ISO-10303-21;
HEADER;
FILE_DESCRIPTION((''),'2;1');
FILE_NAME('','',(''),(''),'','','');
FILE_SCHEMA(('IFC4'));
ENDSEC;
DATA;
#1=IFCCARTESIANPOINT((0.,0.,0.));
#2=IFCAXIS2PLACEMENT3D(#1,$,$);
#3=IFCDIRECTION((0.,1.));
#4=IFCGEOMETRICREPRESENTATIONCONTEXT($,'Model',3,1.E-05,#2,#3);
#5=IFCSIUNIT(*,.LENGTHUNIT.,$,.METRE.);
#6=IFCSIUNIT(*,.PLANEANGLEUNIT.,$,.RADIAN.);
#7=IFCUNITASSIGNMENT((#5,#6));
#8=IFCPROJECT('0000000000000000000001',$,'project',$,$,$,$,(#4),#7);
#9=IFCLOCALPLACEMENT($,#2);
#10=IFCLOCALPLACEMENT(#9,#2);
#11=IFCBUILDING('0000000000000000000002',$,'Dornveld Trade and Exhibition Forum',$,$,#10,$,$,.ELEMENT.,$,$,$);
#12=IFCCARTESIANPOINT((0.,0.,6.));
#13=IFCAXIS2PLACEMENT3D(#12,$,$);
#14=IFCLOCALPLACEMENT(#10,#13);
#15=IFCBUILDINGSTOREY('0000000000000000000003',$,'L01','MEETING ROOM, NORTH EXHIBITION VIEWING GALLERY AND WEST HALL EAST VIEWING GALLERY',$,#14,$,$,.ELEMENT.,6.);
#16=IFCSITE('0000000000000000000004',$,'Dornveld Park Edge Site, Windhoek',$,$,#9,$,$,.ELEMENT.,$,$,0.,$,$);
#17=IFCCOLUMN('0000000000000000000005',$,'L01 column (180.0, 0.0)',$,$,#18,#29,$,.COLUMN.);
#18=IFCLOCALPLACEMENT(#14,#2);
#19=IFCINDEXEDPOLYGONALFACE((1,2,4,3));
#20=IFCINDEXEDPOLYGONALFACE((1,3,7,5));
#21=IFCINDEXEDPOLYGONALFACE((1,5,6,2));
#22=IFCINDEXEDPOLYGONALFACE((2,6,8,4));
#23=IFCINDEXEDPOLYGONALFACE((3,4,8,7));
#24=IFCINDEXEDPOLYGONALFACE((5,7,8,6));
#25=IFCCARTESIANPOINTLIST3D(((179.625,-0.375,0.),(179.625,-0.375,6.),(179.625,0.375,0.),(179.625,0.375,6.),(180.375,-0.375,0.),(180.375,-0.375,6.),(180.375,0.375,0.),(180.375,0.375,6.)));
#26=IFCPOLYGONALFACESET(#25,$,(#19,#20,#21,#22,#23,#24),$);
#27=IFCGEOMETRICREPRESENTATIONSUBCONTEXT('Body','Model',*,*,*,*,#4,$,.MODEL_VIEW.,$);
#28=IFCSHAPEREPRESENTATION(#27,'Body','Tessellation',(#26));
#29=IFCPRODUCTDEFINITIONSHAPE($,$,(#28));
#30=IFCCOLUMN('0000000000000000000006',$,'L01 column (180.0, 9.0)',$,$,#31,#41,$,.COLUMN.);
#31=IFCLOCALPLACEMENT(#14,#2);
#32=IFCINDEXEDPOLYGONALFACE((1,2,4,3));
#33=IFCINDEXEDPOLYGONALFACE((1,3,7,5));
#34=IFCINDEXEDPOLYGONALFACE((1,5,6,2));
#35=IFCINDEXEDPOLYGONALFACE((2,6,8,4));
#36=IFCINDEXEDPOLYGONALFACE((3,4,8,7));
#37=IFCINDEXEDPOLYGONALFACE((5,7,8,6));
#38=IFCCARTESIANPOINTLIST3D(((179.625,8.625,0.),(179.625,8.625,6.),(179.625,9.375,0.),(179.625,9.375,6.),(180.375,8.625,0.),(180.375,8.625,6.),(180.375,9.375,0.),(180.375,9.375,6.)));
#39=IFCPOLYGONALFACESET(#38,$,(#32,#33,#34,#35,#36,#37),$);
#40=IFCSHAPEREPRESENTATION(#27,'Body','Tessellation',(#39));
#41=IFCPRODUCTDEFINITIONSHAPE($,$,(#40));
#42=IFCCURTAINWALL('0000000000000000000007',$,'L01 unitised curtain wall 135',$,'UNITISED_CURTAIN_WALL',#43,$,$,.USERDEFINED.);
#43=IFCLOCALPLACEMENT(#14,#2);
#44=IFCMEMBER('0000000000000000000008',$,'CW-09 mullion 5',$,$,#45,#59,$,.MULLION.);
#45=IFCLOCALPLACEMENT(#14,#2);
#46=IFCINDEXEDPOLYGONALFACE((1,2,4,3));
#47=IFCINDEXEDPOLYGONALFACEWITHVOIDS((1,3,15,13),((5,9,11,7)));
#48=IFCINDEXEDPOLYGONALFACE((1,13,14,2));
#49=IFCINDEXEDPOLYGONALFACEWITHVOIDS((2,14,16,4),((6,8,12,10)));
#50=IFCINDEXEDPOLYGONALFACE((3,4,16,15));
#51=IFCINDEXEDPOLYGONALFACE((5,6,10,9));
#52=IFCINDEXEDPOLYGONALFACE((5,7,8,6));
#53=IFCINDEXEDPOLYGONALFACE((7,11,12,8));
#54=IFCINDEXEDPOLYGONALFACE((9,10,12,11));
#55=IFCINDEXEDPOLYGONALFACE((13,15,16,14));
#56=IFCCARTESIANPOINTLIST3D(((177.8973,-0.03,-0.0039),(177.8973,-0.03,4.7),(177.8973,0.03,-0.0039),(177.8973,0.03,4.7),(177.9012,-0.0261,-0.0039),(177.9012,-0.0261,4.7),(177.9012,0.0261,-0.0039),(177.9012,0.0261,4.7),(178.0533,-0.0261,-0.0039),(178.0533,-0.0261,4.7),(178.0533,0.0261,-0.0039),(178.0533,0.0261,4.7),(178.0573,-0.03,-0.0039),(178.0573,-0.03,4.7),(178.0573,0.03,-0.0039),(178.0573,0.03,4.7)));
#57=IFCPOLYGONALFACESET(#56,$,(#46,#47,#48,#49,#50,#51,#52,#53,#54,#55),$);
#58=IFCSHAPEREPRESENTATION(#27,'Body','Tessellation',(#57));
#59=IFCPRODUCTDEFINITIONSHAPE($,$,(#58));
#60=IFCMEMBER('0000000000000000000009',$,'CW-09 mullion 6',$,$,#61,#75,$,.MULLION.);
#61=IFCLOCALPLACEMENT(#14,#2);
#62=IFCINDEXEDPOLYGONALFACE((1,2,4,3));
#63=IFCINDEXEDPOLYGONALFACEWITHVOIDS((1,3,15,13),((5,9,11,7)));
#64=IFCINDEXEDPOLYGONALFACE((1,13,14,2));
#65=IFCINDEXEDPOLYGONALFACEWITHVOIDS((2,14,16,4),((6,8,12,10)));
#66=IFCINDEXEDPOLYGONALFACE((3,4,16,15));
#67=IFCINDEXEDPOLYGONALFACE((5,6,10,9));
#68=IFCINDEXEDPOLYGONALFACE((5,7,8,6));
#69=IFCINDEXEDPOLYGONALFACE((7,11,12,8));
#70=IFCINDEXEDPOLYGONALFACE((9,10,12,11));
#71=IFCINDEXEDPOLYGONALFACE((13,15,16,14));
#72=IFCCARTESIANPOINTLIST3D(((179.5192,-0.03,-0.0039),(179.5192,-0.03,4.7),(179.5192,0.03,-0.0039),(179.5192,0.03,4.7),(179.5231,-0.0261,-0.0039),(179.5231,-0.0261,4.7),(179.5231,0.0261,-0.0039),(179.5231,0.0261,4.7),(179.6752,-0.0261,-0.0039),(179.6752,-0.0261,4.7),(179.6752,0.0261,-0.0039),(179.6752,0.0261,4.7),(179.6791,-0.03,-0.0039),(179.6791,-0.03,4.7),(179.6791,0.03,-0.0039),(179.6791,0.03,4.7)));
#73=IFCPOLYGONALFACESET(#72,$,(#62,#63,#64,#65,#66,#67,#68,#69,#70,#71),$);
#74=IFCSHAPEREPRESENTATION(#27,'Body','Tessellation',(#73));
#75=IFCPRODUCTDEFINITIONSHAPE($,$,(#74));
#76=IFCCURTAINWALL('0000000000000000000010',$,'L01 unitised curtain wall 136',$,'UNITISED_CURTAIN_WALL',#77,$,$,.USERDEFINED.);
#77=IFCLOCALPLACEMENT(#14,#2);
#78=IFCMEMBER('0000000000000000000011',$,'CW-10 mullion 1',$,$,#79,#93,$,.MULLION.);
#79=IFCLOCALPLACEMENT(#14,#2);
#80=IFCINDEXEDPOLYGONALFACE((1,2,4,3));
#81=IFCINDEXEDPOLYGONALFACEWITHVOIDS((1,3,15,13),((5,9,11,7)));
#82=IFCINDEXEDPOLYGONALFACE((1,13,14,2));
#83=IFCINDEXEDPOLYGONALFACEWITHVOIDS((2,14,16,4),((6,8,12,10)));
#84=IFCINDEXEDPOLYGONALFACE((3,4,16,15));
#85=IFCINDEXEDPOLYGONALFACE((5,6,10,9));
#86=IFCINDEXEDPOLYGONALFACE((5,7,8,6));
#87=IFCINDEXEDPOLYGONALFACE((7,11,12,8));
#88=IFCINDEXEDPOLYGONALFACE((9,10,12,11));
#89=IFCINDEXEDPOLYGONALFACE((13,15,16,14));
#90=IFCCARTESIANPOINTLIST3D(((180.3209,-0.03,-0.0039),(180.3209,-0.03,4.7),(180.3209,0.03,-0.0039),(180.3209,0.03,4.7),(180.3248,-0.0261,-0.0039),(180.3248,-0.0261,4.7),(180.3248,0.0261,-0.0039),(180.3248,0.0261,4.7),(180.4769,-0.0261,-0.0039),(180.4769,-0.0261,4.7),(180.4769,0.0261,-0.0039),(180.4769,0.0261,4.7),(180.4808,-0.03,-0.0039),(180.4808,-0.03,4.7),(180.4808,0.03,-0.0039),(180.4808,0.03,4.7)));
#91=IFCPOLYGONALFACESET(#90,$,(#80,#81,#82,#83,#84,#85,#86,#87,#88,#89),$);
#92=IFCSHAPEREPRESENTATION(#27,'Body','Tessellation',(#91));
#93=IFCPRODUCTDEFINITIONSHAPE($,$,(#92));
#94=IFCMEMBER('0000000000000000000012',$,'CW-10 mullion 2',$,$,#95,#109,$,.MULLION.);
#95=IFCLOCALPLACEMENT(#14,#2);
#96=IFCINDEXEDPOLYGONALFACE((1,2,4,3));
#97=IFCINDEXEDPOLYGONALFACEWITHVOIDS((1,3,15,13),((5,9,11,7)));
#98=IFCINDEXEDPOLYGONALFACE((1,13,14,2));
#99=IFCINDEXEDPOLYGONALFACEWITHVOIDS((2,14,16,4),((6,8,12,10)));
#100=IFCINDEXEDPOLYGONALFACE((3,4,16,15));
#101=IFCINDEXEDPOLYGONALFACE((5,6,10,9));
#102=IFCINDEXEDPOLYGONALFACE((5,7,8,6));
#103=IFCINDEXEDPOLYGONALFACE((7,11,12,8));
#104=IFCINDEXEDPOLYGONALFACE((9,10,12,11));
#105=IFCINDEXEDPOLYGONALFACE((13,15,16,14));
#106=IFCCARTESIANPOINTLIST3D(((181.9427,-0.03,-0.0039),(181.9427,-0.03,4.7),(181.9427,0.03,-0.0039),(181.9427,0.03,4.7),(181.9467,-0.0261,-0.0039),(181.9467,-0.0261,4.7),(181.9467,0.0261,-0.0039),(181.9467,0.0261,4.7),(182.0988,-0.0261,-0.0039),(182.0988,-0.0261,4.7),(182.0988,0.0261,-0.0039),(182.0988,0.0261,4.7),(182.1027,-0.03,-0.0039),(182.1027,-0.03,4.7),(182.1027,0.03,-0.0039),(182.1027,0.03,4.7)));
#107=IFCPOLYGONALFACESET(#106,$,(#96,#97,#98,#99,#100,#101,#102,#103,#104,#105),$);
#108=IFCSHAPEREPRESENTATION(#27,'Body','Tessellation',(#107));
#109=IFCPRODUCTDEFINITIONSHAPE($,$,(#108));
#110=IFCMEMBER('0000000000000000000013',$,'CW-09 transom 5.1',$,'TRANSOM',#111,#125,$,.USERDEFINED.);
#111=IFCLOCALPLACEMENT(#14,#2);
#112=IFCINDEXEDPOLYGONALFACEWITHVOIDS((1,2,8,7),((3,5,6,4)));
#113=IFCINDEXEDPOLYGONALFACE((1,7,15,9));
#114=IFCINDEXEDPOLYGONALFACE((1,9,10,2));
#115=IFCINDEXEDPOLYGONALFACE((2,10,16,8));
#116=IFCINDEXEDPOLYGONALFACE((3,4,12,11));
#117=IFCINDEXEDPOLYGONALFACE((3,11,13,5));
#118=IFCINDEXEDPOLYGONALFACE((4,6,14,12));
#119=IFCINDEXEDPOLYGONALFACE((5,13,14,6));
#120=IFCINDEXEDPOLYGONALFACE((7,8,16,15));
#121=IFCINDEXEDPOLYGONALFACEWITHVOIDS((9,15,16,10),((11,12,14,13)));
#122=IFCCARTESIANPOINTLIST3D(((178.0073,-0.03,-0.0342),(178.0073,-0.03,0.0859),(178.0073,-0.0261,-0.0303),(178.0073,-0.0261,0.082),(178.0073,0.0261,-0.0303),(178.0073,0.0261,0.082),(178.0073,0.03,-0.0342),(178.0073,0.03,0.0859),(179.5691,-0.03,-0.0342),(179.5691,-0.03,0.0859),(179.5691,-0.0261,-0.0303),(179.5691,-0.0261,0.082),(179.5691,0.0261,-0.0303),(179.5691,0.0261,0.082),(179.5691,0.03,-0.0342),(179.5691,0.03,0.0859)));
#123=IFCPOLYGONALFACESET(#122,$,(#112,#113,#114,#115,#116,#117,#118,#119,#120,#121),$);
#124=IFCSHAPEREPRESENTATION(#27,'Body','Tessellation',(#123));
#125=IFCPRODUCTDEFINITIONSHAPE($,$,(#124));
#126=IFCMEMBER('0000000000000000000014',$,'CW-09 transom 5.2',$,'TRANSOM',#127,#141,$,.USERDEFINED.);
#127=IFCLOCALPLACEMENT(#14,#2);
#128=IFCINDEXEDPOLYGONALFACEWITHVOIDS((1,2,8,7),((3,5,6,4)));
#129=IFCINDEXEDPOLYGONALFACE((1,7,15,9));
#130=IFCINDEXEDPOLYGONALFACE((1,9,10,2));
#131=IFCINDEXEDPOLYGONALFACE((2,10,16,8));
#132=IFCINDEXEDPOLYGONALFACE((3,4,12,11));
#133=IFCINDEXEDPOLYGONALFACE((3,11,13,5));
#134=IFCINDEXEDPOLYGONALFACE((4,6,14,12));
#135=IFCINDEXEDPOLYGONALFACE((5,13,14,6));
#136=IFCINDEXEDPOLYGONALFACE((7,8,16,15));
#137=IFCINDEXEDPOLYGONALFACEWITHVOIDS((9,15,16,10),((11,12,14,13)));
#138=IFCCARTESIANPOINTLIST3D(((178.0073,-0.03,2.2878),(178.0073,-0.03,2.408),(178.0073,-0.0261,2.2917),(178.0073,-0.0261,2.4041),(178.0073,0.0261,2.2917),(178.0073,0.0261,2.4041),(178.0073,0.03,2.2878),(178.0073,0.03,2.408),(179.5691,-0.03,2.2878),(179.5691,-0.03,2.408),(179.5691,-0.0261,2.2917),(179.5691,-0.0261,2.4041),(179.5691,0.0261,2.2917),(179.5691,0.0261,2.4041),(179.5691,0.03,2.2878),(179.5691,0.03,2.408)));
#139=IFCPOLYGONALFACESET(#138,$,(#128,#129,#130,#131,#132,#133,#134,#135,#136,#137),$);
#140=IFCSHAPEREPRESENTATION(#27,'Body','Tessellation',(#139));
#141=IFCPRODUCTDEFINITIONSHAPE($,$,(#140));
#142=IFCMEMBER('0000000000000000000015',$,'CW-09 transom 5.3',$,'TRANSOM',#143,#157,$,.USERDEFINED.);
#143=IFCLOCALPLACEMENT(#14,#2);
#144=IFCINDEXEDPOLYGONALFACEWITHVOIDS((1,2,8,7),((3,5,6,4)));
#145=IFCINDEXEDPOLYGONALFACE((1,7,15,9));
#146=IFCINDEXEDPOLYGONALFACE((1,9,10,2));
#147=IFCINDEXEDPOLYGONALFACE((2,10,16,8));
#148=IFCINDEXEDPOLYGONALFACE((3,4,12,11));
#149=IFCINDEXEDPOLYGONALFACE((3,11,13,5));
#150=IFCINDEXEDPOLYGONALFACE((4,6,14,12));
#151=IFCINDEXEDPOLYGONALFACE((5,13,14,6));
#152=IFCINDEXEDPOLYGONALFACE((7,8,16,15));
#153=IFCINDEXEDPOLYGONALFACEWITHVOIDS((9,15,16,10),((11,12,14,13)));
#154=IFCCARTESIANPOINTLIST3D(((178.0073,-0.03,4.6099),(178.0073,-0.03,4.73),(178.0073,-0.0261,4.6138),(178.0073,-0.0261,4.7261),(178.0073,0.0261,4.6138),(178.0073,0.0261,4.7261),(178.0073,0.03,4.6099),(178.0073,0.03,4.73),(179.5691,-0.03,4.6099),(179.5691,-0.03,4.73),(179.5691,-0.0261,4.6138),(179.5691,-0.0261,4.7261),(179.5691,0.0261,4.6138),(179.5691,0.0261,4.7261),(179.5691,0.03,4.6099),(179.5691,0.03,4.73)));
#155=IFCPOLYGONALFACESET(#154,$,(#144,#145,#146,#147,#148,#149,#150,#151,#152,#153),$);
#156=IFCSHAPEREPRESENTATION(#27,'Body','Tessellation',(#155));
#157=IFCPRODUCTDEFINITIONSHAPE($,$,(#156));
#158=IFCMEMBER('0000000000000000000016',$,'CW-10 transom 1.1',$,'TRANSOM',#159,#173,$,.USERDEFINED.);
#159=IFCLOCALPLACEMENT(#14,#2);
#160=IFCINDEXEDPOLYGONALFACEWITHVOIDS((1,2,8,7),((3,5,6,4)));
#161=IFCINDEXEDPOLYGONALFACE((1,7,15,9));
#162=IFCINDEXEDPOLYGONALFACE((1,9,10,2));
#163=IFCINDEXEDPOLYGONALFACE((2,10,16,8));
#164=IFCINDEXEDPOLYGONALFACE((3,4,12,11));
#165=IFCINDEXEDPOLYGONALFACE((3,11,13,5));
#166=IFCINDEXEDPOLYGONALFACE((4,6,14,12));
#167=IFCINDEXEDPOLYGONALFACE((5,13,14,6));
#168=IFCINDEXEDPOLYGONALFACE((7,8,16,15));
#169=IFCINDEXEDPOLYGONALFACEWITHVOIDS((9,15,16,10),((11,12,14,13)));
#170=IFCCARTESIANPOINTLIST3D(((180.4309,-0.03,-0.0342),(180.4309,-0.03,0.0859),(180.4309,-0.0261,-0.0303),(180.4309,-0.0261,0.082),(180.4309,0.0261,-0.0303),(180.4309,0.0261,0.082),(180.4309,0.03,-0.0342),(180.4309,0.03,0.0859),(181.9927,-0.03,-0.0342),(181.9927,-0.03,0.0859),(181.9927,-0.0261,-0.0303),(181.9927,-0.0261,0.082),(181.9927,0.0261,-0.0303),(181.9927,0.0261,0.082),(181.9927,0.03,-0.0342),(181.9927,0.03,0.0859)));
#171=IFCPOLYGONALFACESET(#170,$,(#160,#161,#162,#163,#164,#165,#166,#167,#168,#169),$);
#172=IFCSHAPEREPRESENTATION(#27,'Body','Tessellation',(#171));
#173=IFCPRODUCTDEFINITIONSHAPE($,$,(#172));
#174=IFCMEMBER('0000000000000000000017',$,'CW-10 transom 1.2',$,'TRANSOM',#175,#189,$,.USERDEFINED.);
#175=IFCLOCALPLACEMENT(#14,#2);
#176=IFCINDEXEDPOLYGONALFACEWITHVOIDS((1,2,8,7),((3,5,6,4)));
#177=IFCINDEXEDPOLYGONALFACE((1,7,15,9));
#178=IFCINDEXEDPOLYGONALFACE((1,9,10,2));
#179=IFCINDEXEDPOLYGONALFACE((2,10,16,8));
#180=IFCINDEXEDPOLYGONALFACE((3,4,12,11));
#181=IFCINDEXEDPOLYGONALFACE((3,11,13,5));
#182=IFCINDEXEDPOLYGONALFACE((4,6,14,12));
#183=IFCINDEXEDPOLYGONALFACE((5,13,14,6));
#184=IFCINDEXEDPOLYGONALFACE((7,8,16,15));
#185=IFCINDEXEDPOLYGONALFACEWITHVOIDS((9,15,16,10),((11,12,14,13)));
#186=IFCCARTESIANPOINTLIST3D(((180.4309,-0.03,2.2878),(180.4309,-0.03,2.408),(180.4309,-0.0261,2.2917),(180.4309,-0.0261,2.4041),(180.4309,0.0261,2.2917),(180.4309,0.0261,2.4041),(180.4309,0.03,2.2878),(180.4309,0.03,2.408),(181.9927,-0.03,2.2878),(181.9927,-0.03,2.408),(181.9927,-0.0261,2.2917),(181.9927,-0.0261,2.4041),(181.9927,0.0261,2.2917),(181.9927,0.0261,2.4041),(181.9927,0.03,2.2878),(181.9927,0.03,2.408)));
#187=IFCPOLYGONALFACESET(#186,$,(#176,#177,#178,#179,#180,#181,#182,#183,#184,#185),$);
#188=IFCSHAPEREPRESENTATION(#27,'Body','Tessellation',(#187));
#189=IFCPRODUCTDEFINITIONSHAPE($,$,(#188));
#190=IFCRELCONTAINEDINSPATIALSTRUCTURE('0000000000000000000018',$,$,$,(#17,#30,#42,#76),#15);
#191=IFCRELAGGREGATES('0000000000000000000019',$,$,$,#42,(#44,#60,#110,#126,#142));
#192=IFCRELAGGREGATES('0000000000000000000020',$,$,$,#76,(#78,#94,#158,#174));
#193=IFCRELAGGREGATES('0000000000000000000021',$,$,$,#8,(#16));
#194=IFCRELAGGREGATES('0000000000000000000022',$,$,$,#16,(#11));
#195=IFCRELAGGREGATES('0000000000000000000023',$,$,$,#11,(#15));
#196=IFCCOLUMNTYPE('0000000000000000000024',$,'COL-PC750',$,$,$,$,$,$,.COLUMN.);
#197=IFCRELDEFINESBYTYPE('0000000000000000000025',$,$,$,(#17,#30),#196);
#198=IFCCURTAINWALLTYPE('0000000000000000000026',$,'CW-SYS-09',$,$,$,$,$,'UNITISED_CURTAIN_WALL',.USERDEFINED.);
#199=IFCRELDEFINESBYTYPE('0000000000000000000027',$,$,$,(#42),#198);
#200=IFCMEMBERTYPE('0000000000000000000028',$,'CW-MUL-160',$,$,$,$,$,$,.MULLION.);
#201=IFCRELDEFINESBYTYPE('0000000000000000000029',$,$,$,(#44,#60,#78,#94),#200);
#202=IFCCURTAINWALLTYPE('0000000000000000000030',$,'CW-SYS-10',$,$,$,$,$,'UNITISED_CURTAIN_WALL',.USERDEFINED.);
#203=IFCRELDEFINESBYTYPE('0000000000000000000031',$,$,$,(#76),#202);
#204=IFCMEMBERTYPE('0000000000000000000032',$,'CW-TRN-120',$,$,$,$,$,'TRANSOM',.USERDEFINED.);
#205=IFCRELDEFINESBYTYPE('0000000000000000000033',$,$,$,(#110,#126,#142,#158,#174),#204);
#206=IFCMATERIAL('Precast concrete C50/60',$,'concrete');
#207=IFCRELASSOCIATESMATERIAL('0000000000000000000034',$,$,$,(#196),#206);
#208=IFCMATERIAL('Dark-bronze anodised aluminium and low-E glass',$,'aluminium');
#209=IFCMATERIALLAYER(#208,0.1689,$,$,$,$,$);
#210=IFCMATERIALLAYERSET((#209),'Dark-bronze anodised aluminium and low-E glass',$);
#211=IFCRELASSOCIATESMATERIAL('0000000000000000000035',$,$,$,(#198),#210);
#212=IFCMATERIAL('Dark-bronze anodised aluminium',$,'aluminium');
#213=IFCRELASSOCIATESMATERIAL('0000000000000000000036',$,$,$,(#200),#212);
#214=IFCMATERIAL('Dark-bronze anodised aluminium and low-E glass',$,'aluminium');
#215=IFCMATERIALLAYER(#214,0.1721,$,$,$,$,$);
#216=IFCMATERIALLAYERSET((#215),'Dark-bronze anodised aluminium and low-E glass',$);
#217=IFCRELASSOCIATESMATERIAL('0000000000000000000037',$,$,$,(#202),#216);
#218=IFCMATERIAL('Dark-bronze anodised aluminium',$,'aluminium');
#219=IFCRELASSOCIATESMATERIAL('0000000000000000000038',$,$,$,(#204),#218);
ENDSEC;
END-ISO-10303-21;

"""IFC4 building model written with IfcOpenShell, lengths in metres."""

from ifc_helpers import new_model, si_unit, direction, frame, origin, origin_2d, place, context, subcontext, project, spatial, rectangle, hollow_rectangle, extrude, material, layer, layer_set, material_profile, profile_set, type_object, element, aggregate, save


model = new_model("IFC4")

# Units and contexts
model_context = context("Model", 3, precision=1e-05, world=origin(), true_north=direction((0.0, 1.0)))
body_context = subcontext(model_context, "Body", "Model", "MODEL_VIEW")
ifc_project = project(units=[si_unit("LENGTHUNIT", "METRE"), si_unit("PLANEANGLEUNIT", "RADIAN")], contexts=[model_context])

# Site, building, storey
site_placement = place(None, origin())
site = spatial("IfcSite", under=ifc_project, at=site_placement, Name="Dornveld Park Edge Site, Windhoek", CompositionType="ELEMENT", RefElevation=0.0)
building_placement = place(site_placement, origin())
building = spatial("IfcBuilding", under=site, at=building_placement, Name="Dornveld Trade and Exhibition Forum", CompositionType="ELEMENT")
storey_placement = place(building_placement, frame((0.0, 0.0, 6.0)))
storey = spatial("IfcBuildingStorey", under=building, at=storey_placement, Name="L01", Description="MEETING ROOM, NORTH EXHIBITION VIEWING GALLERY AND WEST HALL EAST VIEWING GALLERY", CompositionType="ELEMENT", Elevation=6.0)

# Columns
ifc_material_1 = material(Name="Precast concrete C50/60", Category="concrete")
ifc_material_profile_1 = material_profile(ifc_material_1, rectangle(XDim=0.75, YDim=0.75, at=origin_2d()), Name="PC-COL 750x750")
ifc_profile_set_1 = profile_set([ifc_material_profile_1], Name="Precast concrete C50/60")
column_type = type_object("IfcColumnType", Name="COL-PC750", PredefinedType="COLUMN", material=ifc_profile_set_1)
for number, where, z_axis, x_axis, name in (
    (1, (180.0, 0.0, 0.0), (0.0, 0.0, 1.0), (1.0, 0.0, 0.0), "L01 column (180.0, 0.0)"),
    (2, (180.0, 9.0, 0.0), (0.0, 0.0, 1.0), (1.0, 0.0, 0.0), "L01 column (180.0, 9.0)"),
):
    element("IfcColumn", number, at=place(storey_placement, frame(where, z_axis=z_axis, x_axis=x_axis)), inside=storey, type_object=column_type, Name=name, PredefinedType="COLUMN", context=body_context, shape_type="SweptSolid", body=[
        extrude(rectangle(XDim=0.75, YDim=0.75, at=origin_2d()), origin(), (0.0, 0.0, 1.0), 6.0),
    ])

# Curtain walls, members
ifc_material_2 = material(Name="Dark-bronze anodised aluminium and low-E glass", Category="aluminium")
ifc_layer_1 = layer(ifc_material_2, 0.1689)
ifc_layer_set_1 = layer_set([ifc_layer_1], Name="Dark-bronze anodised aluminium and low-E glass")
curtain_wall_type_1 = type_object("IfcCurtainWallType", Name="CW-SYS-09", ElementType="UNITISED_CURTAIN_WALL", PredefinedType="USERDEFINED", material=ifc_layer_set_1)
curtain_wall_1_placement = place(storey_placement, origin())
curtain_wall_1 = element("IfcCurtainWall", 3, at=curtain_wall_1_placement, inside=storey, type_object=curtain_wall_type_1, Name="L01 unitised curtain wall 135", ObjectType="UNITISED_CURTAIN_WALL", PredefinedType="USERDEFINED")
ifc_material_3 = material(Name="Dark-bronze anodised aluminium", Category="aluminium")
ifc_material_profile_2 = material_profile(ifc_material_3, hollow_rectangle(XDim=0.0601, YDim=0.1599, WallThickness=0.0039, at=origin_2d()), Name="RHS 160x60x4")
ifc_profile_set_2 = profile_set([ifc_material_profile_2], Name="Dark-bronze anodised aluminium")
member_type_1 = type_object("IfcMemberType", Name="CW-MUL-160", PredefinedType="MULLION", material=ifc_profile_set_2)
member_1_placement = place(storey_placement, frame((177.9773, 0.0, -0.0039), z_axis=(0.0, 0.0, 1.0), x_axis=(0.0, 1.0, 0.0)))
member_1 = element("IfcMember", 4, at=member_1_placement, type_object=member_type_1, Name="CW-09 mullion 5", PredefinedType="MULLION", context=body_context, shape_type="SweptSolid", body=[
    extrude(hollow_rectangle(XDim=0.0601, YDim=0.1599, WallThickness=0.0039, at=origin_2d()), origin(), (0.0, 0.0, 1.0), 4.7039),
])
member_2_placement = place(storey_placement, frame((179.5991, 0.0, -0.0039), z_axis=(0.0, 0.0, 1.0), x_axis=(0.0, 1.0, 0.0)))
member_2 = element("IfcMember", 5, at=member_2_placement, type_object=member_type_1, Name="CW-09 mullion 6", PredefinedType="MULLION", context=body_context, shape_type="SweptSolid", body=[
    extrude(hollow_rectangle(XDim=0.0601, YDim=0.1599, WallThickness=0.0039, at=origin_2d()), origin(), (0.0, 0.0, 1.0), 4.7039),
])
ifc_material_4 = material(Name="Dark-bronze anodised aluminium and low-E glass", Category="aluminium")
ifc_layer_2 = layer(ifc_material_4, 0.1721)
ifc_layer_set_2 = layer_set([ifc_layer_2], Name="Dark-bronze anodised aluminium and low-E glass")
curtain_wall_type_2 = type_object("IfcCurtainWallType", Name="CW-SYS-10", ElementType="UNITISED_CURTAIN_WALL", PredefinedType="USERDEFINED", material=ifc_layer_set_2)
curtain_wall_2_placement = place(storey_placement, origin())
curtain_wall_2 = element("IfcCurtainWall", 6, at=curtain_wall_2_placement, inside=storey, type_object=curtain_wall_type_2, Name="L01 unitised curtain wall 136", ObjectType="UNITISED_CURTAIN_WALL", PredefinedType="USERDEFINED")
member_3_placement = place(storey_placement, frame((180.4009, 0.0, -0.0039), z_axis=(0.0, 0.0, 1.0), x_axis=(0.0, 1.0, 0.0)))
member_3 = element("IfcMember", 7, at=member_3_placement, type_object=member_type_1, Name="CW-10 mullion 1", PredefinedType="MULLION", context=body_context, shape_type="SweptSolid", body=[
    extrude(hollow_rectangle(XDim=0.0601, YDim=0.1599, WallThickness=0.0039, at=origin_2d()), origin(), (0.0, 0.0, 1.0), 4.7039),
])
member_4_placement = place(storey_placement, frame((182.0227, 0.0, -0.0039), z_axis=(0.0, 0.0, 1.0), x_axis=(0.0, 1.0, 0.0)))
member_4 = element("IfcMember", 8, at=member_4_placement, type_object=member_type_1, Name="CW-10 mullion 2", PredefinedType="MULLION", context=body_context, shape_type="SweptSolid", body=[
    extrude(hollow_rectangle(XDim=0.0601, YDim=0.1599, WallThickness=0.0039, at=origin_2d()), origin(), (0.0, 0.0, 1.0), 4.7039),
])

# Members
ifc_material_5 = material(Name="Dark-bronze anodised aluminium", Category="aluminium")
ifc_material_profile_3 = material_profile(ifc_material_5, hollow_rectangle(XDim=0.0601, YDim=0.1201, WallThickness=0.0039, at=origin_2d()), Name="RHS 120x60x4")
ifc_profile_set_3 = profile_set([ifc_material_profile_3], Name="Dark-bronze anodised aluminium")
member_type_2 = type_object("IfcMemberType", Name="CW-TRN-120", ElementType="TRANSOM", PredefinedType="USERDEFINED", material=ifc_profile_set_3)
member_5_placement = place(storey_placement, frame((178.0073, 0.0, 0.0259), z_axis=(1.0, 0.0, 0.0), x_axis=(0.0, 1.0, 0.0)))
member_5 = element("IfcMember", 9, at=member_5_placement, type_object=member_type_2, Name="CW-09 transom 5.1", ObjectType="TRANSOM", PredefinedType="USERDEFINED", context=body_context, shape_type="SweptSolid", body=[
    extrude(hollow_rectangle(XDim=0.0601, YDim=0.1201, WallThickness=0.0039, at=origin_2d()), origin(), (0.0, 0.0, 1.0), 1.5618),
])
member_6_placement = place(storey_placement, frame((178.0073, 0.0, 2.3479), z_axis=(1.0, 0.0, 0.0), x_axis=(0.0, 1.0, 0.0)))
member_6 = element("IfcMember", 10, at=member_6_placement, type_object=member_type_2, Name="CW-09 transom 5.2", ObjectType="TRANSOM", PredefinedType="USERDEFINED", context=body_context, shape_type="SweptSolid", body=[
    extrude(hollow_rectangle(XDim=0.0601, YDim=0.1201, WallThickness=0.0039, at=origin_2d()), origin(), (0.0, 0.0, 1.0), 1.5618),
])
member_7_placement = place(storey_placement, frame((178.0073, 0.0, 4.6699), z_axis=(1.0, 0.0, 0.0), x_axis=(0.0, 1.0, 0.0)))
member_7 = element("IfcMember", 11, at=member_7_placement, type_object=member_type_2, Name="CW-09 transom 5.3", ObjectType="TRANSOM", PredefinedType="USERDEFINED", context=body_context, shape_type="SweptSolid", body=[
    extrude(hollow_rectangle(XDim=0.0601, YDim=0.1201, WallThickness=0.0039, at=origin_2d()), origin(), (0.0, 0.0, 1.0), 1.5618),
])
member_8_placement = place(storey_placement, frame((180.4309, 0.0, 0.0259), z_axis=(1.0, 0.0, 0.0), x_axis=(0.0, 1.0, 0.0)))
member_8 = element("IfcMember", 12, at=member_8_placement, type_object=member_type_2, Name="CW-10 transom 1.1", ObjectType="TRANSOM", PredefinedType="USERDEFINED", context=body_context, shape_type="SweptSolid", body=[
    extrude(hollow_rectangle(XDim=0.0601, YDim=0.1201, WallThickness=0.0039, at=origin_2d()), origin(), (0.0, 0.0, 1.0), 1.5618),
])
member_9_placement = place(storey_placement, frame((180.4309, 0.0, 2.3479), z_axis=(1.0, 0.0, 0.0), x_axis=(0.0, 1.0, 0.0)))
member_9 = element("IfcMember", 13, at=member_9_placement, type_object=member_type_2, Name="CW-10 transom 1.2", ObjectType="TRANSOM", PredefinedType="USERDEFINED", context=body_context, shape_type="SweptSolid", body=[
    extrude(hollow_rectangle(XDim=0.0601, YDim=0.1201, WallThickness=0.0039, at=origin_2d()), origin(), (0.0, 0.0, 1.0), 1.5618),
])

aggregate(curtain_wall_1, [member_1, member_2, member_5, member_6, member_7])
aggregate(curtain_wall_2, [member_3, member_4, member_8, member_9])

save(model, "model.ifc")
